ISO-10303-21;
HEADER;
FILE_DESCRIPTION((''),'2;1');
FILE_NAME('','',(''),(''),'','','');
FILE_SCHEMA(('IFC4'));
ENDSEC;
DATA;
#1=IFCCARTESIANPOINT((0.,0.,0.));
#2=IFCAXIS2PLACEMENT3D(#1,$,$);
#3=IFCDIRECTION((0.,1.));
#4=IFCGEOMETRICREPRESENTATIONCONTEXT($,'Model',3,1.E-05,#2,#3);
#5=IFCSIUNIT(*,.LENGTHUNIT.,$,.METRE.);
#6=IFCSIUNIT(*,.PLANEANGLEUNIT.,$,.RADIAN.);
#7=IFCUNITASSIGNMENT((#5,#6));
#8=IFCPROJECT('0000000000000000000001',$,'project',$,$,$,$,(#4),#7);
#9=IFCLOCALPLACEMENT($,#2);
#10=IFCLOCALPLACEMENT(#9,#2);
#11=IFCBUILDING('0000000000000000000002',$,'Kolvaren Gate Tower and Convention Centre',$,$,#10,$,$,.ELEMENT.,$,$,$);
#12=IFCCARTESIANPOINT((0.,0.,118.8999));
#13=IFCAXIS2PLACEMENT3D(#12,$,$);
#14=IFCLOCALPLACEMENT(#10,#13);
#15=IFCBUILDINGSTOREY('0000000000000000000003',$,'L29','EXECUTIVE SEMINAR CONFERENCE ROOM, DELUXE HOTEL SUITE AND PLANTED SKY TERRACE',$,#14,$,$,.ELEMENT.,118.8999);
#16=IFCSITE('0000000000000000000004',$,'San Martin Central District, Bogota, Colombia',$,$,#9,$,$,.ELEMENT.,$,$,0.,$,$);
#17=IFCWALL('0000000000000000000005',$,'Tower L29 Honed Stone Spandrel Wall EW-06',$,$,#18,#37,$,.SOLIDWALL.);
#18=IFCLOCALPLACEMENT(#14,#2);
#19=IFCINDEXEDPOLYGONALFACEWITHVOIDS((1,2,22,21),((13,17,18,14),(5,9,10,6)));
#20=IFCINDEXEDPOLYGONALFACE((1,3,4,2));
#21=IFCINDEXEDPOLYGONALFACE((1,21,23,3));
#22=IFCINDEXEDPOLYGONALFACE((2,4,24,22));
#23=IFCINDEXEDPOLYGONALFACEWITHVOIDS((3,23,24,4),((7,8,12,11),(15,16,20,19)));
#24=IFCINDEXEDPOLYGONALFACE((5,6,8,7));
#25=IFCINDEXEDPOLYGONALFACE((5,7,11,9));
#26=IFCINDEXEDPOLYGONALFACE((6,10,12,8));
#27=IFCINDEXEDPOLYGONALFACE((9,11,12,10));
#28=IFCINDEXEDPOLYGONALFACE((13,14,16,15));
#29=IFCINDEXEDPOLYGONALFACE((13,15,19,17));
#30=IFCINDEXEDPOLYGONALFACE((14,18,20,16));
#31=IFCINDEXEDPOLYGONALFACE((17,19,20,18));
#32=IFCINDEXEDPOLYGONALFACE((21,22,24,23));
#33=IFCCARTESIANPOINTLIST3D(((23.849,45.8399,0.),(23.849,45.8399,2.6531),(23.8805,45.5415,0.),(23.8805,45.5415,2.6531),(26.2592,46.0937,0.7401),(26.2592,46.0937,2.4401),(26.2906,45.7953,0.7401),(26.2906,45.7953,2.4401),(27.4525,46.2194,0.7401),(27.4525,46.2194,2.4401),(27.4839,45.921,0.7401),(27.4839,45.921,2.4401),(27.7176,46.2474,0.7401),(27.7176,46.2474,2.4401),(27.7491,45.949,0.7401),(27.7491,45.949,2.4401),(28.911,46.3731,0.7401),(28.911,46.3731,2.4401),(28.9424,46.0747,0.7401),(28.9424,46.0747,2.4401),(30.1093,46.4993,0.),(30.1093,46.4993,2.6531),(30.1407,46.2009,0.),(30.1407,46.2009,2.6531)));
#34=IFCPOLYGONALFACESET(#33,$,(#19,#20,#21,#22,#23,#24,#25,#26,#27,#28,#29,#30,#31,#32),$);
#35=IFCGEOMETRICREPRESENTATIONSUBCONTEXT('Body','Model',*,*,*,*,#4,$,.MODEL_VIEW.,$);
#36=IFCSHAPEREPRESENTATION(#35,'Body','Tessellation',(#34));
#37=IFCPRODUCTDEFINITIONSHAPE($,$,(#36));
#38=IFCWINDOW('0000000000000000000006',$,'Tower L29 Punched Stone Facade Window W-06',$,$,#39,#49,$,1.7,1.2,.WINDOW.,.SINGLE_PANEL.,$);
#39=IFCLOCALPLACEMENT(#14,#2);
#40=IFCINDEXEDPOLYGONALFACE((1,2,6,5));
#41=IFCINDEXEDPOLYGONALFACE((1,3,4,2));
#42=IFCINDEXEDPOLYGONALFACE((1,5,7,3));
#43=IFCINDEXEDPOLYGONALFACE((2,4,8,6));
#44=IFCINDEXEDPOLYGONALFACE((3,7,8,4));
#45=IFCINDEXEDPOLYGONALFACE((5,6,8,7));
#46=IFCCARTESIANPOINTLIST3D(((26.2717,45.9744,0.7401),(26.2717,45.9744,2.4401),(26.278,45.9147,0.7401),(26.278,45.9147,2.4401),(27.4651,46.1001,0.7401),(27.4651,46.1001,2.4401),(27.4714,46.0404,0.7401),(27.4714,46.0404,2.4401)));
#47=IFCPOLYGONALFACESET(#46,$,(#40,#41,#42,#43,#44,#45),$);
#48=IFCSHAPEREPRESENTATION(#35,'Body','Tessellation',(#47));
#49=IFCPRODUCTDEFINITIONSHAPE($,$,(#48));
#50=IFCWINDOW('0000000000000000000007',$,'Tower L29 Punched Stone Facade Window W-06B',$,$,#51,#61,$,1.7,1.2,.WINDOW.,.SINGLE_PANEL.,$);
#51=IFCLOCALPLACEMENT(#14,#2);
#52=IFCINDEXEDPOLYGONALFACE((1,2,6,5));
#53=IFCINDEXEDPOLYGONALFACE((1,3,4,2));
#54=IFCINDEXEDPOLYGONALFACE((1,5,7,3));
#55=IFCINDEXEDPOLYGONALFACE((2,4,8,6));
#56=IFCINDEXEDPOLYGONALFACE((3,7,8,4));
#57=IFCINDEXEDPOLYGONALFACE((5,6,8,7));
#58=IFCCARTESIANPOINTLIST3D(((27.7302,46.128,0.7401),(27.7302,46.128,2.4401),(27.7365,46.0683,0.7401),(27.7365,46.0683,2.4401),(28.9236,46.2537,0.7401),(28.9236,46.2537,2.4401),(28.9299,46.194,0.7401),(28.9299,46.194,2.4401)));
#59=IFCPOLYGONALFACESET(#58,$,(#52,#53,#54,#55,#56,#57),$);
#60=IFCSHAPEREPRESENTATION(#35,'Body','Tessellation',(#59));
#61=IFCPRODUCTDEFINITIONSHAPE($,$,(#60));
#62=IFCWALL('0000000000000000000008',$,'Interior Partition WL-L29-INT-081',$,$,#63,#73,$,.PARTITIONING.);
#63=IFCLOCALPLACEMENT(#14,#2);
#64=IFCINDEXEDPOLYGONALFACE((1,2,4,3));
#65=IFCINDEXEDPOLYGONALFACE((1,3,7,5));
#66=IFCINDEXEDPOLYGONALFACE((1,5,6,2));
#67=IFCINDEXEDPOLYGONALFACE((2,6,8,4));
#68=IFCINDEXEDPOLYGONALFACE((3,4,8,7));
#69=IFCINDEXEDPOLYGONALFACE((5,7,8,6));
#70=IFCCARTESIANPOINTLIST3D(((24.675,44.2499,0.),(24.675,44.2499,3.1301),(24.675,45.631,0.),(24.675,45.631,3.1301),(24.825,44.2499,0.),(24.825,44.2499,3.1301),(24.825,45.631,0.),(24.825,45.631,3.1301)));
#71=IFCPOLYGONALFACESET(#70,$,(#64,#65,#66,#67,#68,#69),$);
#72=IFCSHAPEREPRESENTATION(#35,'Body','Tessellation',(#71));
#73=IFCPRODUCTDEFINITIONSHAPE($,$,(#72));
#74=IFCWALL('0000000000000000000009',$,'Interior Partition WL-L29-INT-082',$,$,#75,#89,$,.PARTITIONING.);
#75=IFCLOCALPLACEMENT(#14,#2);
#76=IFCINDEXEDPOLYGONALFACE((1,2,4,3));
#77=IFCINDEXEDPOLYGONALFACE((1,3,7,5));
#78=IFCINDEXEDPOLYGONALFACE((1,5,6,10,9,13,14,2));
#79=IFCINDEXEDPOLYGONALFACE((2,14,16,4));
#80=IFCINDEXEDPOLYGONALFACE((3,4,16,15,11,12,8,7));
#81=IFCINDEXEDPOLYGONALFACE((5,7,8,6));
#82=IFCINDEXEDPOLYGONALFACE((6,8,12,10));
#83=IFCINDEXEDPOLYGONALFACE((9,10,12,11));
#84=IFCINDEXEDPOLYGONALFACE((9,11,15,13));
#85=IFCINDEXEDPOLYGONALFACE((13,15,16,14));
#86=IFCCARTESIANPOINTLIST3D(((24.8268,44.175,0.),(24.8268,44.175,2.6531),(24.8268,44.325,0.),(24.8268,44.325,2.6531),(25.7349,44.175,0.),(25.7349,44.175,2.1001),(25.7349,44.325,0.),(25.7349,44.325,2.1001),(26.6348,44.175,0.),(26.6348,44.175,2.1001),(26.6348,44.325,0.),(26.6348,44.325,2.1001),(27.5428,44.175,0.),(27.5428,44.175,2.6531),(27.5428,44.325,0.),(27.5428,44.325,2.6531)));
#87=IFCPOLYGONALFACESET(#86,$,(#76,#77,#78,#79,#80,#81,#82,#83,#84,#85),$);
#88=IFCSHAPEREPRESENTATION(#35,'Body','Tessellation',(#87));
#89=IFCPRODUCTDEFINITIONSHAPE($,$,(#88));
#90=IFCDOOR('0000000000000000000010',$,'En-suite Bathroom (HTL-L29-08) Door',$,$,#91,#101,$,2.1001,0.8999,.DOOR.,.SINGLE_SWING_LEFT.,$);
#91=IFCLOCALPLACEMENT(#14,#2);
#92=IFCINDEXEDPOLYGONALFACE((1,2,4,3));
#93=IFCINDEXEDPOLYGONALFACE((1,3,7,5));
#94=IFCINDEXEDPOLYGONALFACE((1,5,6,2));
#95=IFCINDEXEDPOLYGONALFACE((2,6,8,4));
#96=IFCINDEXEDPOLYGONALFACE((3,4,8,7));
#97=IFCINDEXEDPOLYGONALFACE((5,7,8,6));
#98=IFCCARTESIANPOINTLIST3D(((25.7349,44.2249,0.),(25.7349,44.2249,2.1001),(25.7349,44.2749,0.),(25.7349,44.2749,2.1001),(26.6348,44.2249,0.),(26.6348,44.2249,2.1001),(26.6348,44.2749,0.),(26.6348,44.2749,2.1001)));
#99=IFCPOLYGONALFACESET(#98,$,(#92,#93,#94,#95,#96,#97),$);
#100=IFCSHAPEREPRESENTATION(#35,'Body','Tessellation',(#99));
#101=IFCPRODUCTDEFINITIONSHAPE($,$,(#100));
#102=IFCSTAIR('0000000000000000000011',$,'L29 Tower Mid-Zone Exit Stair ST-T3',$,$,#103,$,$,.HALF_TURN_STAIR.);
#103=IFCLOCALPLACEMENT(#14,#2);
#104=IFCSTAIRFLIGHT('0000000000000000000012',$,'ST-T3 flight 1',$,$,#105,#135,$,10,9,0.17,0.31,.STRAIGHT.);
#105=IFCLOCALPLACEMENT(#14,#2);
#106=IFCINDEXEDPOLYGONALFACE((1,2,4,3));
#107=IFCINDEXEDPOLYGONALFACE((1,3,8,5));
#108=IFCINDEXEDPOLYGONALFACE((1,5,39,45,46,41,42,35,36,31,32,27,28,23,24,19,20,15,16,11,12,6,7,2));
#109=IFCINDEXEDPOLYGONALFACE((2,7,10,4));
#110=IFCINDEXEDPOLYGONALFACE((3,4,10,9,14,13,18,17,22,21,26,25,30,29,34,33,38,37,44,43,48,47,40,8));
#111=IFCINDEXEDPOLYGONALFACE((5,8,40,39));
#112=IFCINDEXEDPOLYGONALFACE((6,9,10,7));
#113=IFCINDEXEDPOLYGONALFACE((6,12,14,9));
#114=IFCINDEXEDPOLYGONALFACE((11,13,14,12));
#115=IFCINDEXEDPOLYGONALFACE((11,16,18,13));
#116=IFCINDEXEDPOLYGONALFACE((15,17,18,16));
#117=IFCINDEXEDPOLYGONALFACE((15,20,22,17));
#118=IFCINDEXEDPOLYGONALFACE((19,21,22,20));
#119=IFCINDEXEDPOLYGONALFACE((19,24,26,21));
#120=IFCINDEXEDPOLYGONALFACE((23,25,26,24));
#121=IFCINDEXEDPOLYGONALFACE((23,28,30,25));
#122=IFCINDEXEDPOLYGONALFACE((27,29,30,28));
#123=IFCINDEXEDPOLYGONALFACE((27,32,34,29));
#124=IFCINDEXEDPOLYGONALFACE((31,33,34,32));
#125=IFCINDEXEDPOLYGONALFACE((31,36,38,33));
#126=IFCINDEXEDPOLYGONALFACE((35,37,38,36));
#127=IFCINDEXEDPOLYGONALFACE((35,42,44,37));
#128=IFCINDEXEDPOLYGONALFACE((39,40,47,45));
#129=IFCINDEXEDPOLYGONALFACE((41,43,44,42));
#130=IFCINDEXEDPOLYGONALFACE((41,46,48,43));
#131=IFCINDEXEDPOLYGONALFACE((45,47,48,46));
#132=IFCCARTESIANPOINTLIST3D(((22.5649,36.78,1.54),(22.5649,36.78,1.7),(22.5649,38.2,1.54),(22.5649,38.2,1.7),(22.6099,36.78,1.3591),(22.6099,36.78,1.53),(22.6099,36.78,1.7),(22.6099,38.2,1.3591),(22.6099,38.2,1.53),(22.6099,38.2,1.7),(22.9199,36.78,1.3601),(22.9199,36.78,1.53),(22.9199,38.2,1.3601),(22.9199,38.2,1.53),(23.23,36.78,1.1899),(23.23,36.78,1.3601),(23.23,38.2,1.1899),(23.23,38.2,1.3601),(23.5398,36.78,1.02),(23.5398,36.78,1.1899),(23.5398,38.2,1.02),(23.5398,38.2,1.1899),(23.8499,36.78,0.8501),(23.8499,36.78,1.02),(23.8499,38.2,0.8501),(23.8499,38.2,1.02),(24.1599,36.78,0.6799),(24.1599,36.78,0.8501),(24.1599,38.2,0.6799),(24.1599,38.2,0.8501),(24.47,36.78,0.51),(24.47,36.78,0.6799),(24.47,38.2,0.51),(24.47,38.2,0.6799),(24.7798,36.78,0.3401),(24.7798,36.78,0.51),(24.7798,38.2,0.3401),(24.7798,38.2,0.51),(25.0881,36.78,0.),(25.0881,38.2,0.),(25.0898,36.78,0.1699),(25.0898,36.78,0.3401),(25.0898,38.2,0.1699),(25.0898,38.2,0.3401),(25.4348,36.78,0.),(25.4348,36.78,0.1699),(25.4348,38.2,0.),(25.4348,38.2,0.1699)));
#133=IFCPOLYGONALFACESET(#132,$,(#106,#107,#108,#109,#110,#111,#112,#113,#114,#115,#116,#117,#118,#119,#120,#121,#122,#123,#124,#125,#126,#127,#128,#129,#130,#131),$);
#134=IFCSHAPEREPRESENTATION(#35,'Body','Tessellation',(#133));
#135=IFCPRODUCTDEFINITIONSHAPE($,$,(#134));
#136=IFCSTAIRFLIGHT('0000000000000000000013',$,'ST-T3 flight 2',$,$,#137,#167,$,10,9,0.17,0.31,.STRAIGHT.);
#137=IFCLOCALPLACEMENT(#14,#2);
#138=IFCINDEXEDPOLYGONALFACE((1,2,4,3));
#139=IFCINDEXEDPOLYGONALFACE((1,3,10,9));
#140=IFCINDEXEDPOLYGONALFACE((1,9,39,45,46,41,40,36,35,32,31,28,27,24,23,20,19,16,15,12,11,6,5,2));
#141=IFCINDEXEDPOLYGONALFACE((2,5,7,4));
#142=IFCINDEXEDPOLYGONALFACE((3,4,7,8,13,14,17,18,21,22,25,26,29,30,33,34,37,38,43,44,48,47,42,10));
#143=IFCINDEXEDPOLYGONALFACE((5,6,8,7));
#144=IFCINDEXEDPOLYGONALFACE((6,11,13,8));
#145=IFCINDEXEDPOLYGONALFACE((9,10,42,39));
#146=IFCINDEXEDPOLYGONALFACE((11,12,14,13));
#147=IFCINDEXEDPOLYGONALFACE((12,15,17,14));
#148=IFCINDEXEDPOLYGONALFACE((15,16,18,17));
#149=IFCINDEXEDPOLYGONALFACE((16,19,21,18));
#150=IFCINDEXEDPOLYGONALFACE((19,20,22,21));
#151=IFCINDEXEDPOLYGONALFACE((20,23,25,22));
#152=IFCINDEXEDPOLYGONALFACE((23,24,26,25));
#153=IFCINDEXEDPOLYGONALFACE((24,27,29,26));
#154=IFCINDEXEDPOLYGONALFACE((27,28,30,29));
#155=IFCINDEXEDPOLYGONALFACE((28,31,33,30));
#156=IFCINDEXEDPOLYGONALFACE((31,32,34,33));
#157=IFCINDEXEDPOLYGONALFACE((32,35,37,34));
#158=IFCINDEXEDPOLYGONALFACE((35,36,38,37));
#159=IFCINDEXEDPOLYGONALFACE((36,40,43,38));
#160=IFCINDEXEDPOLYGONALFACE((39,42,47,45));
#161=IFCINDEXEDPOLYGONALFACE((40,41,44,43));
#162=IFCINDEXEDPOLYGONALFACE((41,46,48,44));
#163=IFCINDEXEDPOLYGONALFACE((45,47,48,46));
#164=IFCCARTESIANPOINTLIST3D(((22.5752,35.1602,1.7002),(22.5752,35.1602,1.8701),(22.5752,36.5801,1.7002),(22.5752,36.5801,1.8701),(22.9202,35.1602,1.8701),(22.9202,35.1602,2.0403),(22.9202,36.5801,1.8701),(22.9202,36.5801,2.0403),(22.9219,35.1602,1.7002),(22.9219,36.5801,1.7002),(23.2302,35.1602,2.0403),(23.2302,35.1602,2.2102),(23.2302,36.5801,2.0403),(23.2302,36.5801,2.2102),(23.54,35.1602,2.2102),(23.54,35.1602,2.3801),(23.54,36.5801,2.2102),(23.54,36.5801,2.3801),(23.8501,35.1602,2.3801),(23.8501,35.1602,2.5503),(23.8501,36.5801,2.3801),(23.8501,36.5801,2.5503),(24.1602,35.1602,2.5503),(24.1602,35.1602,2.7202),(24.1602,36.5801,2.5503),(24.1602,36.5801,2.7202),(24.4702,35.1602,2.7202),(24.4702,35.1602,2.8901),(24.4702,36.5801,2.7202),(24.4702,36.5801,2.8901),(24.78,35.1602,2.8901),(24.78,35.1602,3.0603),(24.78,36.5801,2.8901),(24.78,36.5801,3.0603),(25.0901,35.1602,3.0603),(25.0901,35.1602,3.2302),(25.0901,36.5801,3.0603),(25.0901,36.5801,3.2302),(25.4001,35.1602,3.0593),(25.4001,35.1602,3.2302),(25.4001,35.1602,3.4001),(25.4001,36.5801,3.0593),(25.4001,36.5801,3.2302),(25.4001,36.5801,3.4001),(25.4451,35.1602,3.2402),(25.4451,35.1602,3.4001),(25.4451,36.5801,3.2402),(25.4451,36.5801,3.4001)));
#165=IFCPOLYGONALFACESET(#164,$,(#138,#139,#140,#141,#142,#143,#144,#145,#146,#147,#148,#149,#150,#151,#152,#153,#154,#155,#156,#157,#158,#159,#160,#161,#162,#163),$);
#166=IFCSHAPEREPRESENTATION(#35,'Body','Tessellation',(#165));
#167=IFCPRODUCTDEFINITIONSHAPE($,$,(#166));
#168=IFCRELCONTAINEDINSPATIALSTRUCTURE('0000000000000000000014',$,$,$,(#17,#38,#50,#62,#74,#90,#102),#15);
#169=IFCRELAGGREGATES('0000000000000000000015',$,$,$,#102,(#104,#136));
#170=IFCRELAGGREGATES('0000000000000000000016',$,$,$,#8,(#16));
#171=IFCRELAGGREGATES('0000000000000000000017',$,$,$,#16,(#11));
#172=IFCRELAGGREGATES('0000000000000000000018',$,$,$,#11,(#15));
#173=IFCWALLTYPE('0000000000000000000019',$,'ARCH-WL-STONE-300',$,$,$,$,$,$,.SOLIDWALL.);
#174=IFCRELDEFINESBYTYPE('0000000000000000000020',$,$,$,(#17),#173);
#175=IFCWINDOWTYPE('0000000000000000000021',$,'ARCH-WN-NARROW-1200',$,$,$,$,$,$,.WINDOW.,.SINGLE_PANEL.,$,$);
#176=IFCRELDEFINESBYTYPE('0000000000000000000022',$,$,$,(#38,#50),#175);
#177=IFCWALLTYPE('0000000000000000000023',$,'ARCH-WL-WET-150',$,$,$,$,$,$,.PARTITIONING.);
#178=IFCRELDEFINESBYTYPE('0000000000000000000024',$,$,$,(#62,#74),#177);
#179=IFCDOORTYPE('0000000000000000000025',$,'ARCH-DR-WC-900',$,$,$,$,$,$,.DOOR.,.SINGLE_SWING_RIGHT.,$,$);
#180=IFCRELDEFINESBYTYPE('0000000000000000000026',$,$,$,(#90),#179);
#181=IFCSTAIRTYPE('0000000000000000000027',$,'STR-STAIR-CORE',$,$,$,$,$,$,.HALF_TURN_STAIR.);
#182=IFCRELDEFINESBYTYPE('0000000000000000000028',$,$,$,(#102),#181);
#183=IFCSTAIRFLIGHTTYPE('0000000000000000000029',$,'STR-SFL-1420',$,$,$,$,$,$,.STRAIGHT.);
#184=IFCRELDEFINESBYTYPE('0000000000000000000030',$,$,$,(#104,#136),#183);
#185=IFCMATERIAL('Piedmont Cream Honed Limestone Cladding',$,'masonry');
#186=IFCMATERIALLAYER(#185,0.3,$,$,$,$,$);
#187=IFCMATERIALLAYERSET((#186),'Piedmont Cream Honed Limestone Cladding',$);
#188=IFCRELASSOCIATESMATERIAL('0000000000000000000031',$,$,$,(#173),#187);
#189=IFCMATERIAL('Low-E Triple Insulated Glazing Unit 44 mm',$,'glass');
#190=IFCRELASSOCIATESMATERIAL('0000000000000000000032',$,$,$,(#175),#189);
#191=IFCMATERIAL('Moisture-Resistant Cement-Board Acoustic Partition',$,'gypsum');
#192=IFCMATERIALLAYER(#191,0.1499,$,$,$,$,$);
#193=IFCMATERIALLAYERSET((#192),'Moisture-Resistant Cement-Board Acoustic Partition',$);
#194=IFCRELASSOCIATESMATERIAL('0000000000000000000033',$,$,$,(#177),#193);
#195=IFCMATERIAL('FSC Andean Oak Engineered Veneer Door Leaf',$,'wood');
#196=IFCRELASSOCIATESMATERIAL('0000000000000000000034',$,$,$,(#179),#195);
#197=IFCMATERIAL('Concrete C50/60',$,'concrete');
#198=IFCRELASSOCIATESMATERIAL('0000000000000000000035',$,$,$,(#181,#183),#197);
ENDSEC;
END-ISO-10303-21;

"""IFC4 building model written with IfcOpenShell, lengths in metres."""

from ifc_helpers import new_model, si_unit, direction, frame, frame_2d, origin, place, context, subcontext, project, spatial, polyline, rectangle, outline, extrude, material, layer, layer_set, type_object, element, fill, aggregate, save


model = new_model("IFC4")

# Units and contexts
model_context = context("Model", 3, precision=1e-05, world=origin(), true_north=direction((0.0, 1.0)))
body_context = subcontext(model_context, "Body", "Model", "MODEL_VIEW")
ifc_project = project(units=[si_unit("LENGTHUNIT", "METRE"), si_unit("PLANEANGLEUNIT", "RADIAN")], contexts=[model_context])

# Site, building, storey
site_placement = place(None, origin())
site = spatial("IfcSite", under=ifc_project, at=site_placement, Name="San Martin Central District, Bogota, Colombia", CompositionType="ELEMENT", RefElevation=0.0)
building_placement = place(site_placement, origin())
building = spatial("IfcBuilding", under=site, at=building_placement, Name="Kolvaren Gate Tower and Convention Centre", CompositionType="ELEMENT")
storey_placement = place(building_placement, frame((0.0, 0.0, 118.8999)))
storey = spatial("IfcBuildingStorey", under=building, at=storey_placement, Name="L29", Description="EXECUTIVE SEMINAR CONFERENCE ROOM, DELUXE HOTEL SUITE AND PLANTED SKY TERRACE", CompositionType="ELEMENT", Elevation=118.8999)

# Wall, openings, windows
ifc_material_1 = material(Name="Piedmont Cream Honed Limestone Cladding", Category="masonry")
ifc_layer_1 = layer(ifc_material_1, 0.3)
ifc_layer_set_1 = layer_set([ifc_layer_1], Name="Piedmont Cream Honed Limestone Cladding")
wall_type_1 = type_object("IfcWallType", Name="ARCH-WL-STONE-300", PredefinedType="SOLIDWALL", material=ifc_layer_set_1)
wall_1_placement = place(storey_placement, frame((23.8647, 45.6907, 0.0), z_axis=(0.0, 0.0, 1.0), x_axis=(0.994498, 0.104755, 0.0)))
wall_1 = element("IfcWall", 1, at=wall_1_placement, inside=storey, type_object=wall_type_1, Name="Tower L29 Honed Stone Spandrel Wall EW-06", PredefinedType="SOLIDWALL", context=body_context, shape_type="SweptSolid", body=[
    extrude(rectangle(XDim=6.2949, YDim=0.3, at=frame_2d((3.1475, 0.0))), origin(), (0.0, 0.0, 1.0), 2.6531),
])
opening_1_placement = place(wall_1_placement, frame((2.4233, 0.0, 0.74)))
opening_1 = element("IfcOpeningElement", 2, at=opening_1_placement, cuts=wall_1, PredefinedType="OPENING", context=body_context, shape_type="SweptSolid", body=[
    extrude(rectangle(XDim=1.2, YDim=1.7, at=frame_2d((0.6001, 0.8501))), frame((0.0, 0.1599, 0.0), z_axis=(0.0, -1.0, 0.0), x_axis=(1.0, 0.0, 0.0)), (0.0, 0.0, 1.0), 0.3201),
])
opening_2_placement = place(wall_1_placement, frame((3.8899, 0.0, 0.74)))
opening_2 = element("IfcOpeningElement", 3, at=opening_2_placement, cuts=wall_1, PredefinedType="OPENING", context=body_context, shape_type="SweptSolid", body=[
    extrude(rectangle(XDim=1.2, YDim=1.7, at=frame_2d((0.6001, 0.8501))), frame((0.0, 0.1599, 0.0), z_axis=(0.0, -1.0, 0.0), x_axis=(1.0, 0.0, 0.0)), (0.0, 0.0, 1.0), 0.3201),
])
ifc_material_2 = material(Name="Low-E Triple Insulated Glazing Unit 44 mm", Category="glass")
window_type = type_object("IfcWindowType", Name="ARCH-WN-NARROW-1200", PartitioningType="SINGLE_PANEL", PredefinedType="WINDOW", material=ifc_material_2)
window_1_placement = place(opening_1_placement, origin())
window_1 = element("IfcWindow", 4, at=window_1_placement, inside=storey, type_object=window_type, Name="Tower L29 Punched Stone Facade Window W-06", OverallHeight=1.7, OverallWidth=1.2, PartitioningType="SINGLE_PANEL", PredefinedType="WINDOW", context=body_context, shape_type="SweptSolid", body=[
    extrude(rectangle(XDim=1.2, YDim=1.7, at=frame_2d((0.6001, 0.8501))), frame((0.0, 0.03, 0.0), z_axis=(0.0, -1.0, 0.0), x_axis=(1.0, 0.0, 0.0)), (0.0, 0.0, 1.0), 0.0601),
])
fill(opening_1, window_1)
window_2_placement = place(opening_2_placement, origin())
window_2 = element("IfcWindow", 5, at=window_2_placement, inside=storey, type_object=window_type, Name="Tower L29 Punched Stone Facade Window W-06B", OverallHeight=1.7, OverallWidth=1.2, PartitioningType="SINGLE_PANEL", PredefinedType="WINDOW", context=body_context, shape_type="SweptSolid", body=[
    extrude(rectangle(XDim=1.2, YDim=1.7, at=frame_2d((0.6001, 0.8501))), frame((0.0, 0.03, 0.0), z_axis=(0.0, -1.0, 0.0), x_axis=(1.0, 0.0, 0.0)), (0.0, 0.0, 1.0), 0.0601),
])
fill(opening_2, window_2)

# Wall
ifc_material_3 = material(Name="Moisture-Resistant Cement-Board Acoustic Partition", Category="gypsum")
ifc_layer_2 = layer(ifc_material_3, 0.1499)
ifc_layer_set_2 = layer_set([ifc_layer_2], Name="Moisture-Resistant Cement-Board Acoustic Partition")
wall_type_2 = type_object("IfcWallType", Name="ARCH-WL-WET-150", PredefinedType="PARTITIONING", material=ifc_layer_set_2)
wall_2_placement = place(storey_placement, frame((24.75, 44.25, 0.0), z_axis=(0.0, 0.0, 1.0), x_axis=(0.0, 1.0, 0.0)))
element("IfcWall", 6, at=wall_2_placement, inside=storey, type_object=wall_type_2, Name="Interior Partition WL-L29-INT-081", PredefinedType="PARTITIONING", context=body_context, shape_type="SweptSolid", body=[
    extrude(rectangle(XDim=1.3811, YDim=0.1499, at=frame_2d((0.6904, 0.0))), origin(), (0.0, 0.0, 1.0), 3.1301),
])

# Wall, opening, door
wall_3_placement = place(storey_placement, frame((24.8269, 44.25, 0.0), z_axis=(0.0, 0.0, 1.0), x_axis=(1.0, 0.0, 0.0)))
wall_3 = element("IfcWall", 7, at=wall_3_placement, inside=storey, type_object=wall_type_2, Name="Interior Partition WL-L29-INT-082", PredefinedType="PARTITIONING", context=body_context, shape_type="SweptSolid", body=[
    extrude(rectangle(XDim=2.7161, YDim=0.1499, at=frame_2d((1.3579, 0.0))), origin(), (0.0, 0.0, 1.0), 2.6531),
])
opening_3_placement = place(wall_3_placement, frame((0.908, 0.0, 0.0)))
opening_3 = element("IfcOpeningElement", 8, at=opening_3_placement, cuts=wall_3, PredefinedType="OPENING", context=body_context, shape_type="SweptSolid", body=[
    extrude(rectangle(XDim=0.8999, YDim=2.1001, at=frame_2d((0.45, 1.05))), frame((0.0, 0.085, 0.0), z_axis=(0.0, -1.0, 0.0), x_axis=(1.0, 0.0, 0.0)), (0.0, 0.0, 1.0), 0.1699),
])
ifc_material_4 = material(Name="FSC Andean Oak Engineered Veneer Door Leaf", Category="wood")
door_type_1 = type_object("IfcDoorType", Name="ARCH-DR-WC-900", OperationType="SINGLE_SWING_RIGHT", PredefinedType="DOOR", material=ifc_material_4)
door_1_placement = place(opening_3_placement, origin())
door_1 = element("IfcDoor", 9, at=door_1_placement, inside=storey, type_object=door_type_1, Name="En-suite Bathroom (HTL-L29-08) Door", OperationType="SINGLE_SWING_LEFT", OverallHeight=2.1001, OverallWidth=0.8999, PredefinedType="DOOR", context=body_context, shape_type="SweptSolid", body=[
    extrude(rectangle(XDim=0.8999, YDim=2.1001, at=frame_2d((0.45, 1.05))), frame((0.0, 0.0249, 0.0), z_axis=(0.0, -1.0, 0.0), x_axis=(1.0, 0.0, 0.0)), (0.0, 0.0, 1.0), 0.05),
])
fill(opening_3, door_1)

# Stair, stair flights
ifc_material_5 = material(Name="Concrete C50/60", Category="concrete")
stair_type = type_object("IfcStairType", Name="STR-STAIR-CORE", PredefinedType="HALF_TURN_STAIR", material=ifc_material_5)
stair_placement = place(storey_placement, origin())
stair = element("IfcStair", 10, at=stair_placement, inside=storey, type_object=stair_type, Name="L29 Tower Mid-Zone Exit Stair ST-T3", PredefinedType="HALF_TURN_STAIR")
stair_flight_type = type_object("IfcStairFlightType", Name="STR-SFL-1420", PredefinedType="STRAIGHT", material=ifc_material_5)
stair_flight_1_placement = place(storey_placement, frame((25.3999, 37.49, 0.0), z_axis=(0.0, 0.0, 1.0), x_axis=(-1.0, 0.0, 0.0)))
stair_flight_1 = element("IfcStairFlight", 11, at=stair_flight_1_placement, type_object=stair_flight_type, Name="ST-T3 flight 1", NumberOfRisers=10, NumberOfTreads=9, PredefinedType="STRAIGHT", RiserHeight=0.17, TreadLength=0.31, context=body_context, shape_type="SweptSolid", body=[
    extrude(outline(polyline([(-0.0349, 0.0), (-0.0349, 0.1699), (0.3101, 0.1699), (0.3101, 0.3401), (0.6201, 0.3401), (0.6201, 0.51), (0.9299, 0.51), (0.9299, 0.6799), (1.24, 0.6799), (1.24, 0.8501), (1.55, 0.8501), (1.55, 1.02), (1.8601, 1.02), (1.8601, 1.1899), (2.1699, 1.1899), (2.1699, 1.3601), (2.48, 1.3601), (2.48, 1.53), (2.79, 1.53), (2.79, 1.7), (2.835, 1.7), (2.835, 1.54), (2.79, 1.3591), (0.3118, 0.0), (-0.0349, 0.0)])), frame((0.0, 0.71, 0.0), z_axis=(0.0, -1.0, 0.0), x_axis=(1.0, 0.0, 0.0)), (0.0, 0.0, 1.0), 1.4199),
])
stair_flight_2_placement = place(storey_placement, frame((22.6101, 35.8701, 1.7002), z_axis=(0.0, 0.0, 1.0), x_axis=(1.0, 0.0, 0.0)))
stair_flight_2 = element("IfcStairFlight", 12, at=stair_flight_2_placement, type_object=stair_flight_type, Name="ST-T3 flight 2", NumberOfRisers=10, NumberOfTreads=9, PredefinedType="STRAIGHT", RiserHeight=0.17, TreadLength=0.31, context=body_context, shape_type="SweptSolid", body=[
    extrude(outline(polyline([(-0.0349, 0.0), (-0.0349, 0.1699), (0.3101, 0.1699), (0.3101, 0.3401), (0.6201, 0.3401), (0.6201, 0.51), (0.9299, 0.51), (0.9299, 0.6799), (1.24, 0.6799), (1.24, 0.8501), (1.55, 0.8501), (1.55, 1.02), (1.8601, 1.02), (1.8601, 1.1899), (2.1699, 1.1899), (2.1699, 1.3601), (2.48, 1.3601), (2.48, 1.53), (2.79, 1.53), (2.79, 1.7), (2.835, 1.7), (2.835, 1.54), (2.79, 1.3591), (0.3118, 0.0), (-0.0349, 0.0)])), frame((0.0, 0.71, 0.0), z_axis=(0.0, -1.0, 0.0), x_axis=(1.0, 0.0, 0.0)), (0.0, 0.0, 1.0), 1.4199),
])
aggregate(stair, [stair_flight_1, stair_flight_2])

save(model, "model.ifc")
